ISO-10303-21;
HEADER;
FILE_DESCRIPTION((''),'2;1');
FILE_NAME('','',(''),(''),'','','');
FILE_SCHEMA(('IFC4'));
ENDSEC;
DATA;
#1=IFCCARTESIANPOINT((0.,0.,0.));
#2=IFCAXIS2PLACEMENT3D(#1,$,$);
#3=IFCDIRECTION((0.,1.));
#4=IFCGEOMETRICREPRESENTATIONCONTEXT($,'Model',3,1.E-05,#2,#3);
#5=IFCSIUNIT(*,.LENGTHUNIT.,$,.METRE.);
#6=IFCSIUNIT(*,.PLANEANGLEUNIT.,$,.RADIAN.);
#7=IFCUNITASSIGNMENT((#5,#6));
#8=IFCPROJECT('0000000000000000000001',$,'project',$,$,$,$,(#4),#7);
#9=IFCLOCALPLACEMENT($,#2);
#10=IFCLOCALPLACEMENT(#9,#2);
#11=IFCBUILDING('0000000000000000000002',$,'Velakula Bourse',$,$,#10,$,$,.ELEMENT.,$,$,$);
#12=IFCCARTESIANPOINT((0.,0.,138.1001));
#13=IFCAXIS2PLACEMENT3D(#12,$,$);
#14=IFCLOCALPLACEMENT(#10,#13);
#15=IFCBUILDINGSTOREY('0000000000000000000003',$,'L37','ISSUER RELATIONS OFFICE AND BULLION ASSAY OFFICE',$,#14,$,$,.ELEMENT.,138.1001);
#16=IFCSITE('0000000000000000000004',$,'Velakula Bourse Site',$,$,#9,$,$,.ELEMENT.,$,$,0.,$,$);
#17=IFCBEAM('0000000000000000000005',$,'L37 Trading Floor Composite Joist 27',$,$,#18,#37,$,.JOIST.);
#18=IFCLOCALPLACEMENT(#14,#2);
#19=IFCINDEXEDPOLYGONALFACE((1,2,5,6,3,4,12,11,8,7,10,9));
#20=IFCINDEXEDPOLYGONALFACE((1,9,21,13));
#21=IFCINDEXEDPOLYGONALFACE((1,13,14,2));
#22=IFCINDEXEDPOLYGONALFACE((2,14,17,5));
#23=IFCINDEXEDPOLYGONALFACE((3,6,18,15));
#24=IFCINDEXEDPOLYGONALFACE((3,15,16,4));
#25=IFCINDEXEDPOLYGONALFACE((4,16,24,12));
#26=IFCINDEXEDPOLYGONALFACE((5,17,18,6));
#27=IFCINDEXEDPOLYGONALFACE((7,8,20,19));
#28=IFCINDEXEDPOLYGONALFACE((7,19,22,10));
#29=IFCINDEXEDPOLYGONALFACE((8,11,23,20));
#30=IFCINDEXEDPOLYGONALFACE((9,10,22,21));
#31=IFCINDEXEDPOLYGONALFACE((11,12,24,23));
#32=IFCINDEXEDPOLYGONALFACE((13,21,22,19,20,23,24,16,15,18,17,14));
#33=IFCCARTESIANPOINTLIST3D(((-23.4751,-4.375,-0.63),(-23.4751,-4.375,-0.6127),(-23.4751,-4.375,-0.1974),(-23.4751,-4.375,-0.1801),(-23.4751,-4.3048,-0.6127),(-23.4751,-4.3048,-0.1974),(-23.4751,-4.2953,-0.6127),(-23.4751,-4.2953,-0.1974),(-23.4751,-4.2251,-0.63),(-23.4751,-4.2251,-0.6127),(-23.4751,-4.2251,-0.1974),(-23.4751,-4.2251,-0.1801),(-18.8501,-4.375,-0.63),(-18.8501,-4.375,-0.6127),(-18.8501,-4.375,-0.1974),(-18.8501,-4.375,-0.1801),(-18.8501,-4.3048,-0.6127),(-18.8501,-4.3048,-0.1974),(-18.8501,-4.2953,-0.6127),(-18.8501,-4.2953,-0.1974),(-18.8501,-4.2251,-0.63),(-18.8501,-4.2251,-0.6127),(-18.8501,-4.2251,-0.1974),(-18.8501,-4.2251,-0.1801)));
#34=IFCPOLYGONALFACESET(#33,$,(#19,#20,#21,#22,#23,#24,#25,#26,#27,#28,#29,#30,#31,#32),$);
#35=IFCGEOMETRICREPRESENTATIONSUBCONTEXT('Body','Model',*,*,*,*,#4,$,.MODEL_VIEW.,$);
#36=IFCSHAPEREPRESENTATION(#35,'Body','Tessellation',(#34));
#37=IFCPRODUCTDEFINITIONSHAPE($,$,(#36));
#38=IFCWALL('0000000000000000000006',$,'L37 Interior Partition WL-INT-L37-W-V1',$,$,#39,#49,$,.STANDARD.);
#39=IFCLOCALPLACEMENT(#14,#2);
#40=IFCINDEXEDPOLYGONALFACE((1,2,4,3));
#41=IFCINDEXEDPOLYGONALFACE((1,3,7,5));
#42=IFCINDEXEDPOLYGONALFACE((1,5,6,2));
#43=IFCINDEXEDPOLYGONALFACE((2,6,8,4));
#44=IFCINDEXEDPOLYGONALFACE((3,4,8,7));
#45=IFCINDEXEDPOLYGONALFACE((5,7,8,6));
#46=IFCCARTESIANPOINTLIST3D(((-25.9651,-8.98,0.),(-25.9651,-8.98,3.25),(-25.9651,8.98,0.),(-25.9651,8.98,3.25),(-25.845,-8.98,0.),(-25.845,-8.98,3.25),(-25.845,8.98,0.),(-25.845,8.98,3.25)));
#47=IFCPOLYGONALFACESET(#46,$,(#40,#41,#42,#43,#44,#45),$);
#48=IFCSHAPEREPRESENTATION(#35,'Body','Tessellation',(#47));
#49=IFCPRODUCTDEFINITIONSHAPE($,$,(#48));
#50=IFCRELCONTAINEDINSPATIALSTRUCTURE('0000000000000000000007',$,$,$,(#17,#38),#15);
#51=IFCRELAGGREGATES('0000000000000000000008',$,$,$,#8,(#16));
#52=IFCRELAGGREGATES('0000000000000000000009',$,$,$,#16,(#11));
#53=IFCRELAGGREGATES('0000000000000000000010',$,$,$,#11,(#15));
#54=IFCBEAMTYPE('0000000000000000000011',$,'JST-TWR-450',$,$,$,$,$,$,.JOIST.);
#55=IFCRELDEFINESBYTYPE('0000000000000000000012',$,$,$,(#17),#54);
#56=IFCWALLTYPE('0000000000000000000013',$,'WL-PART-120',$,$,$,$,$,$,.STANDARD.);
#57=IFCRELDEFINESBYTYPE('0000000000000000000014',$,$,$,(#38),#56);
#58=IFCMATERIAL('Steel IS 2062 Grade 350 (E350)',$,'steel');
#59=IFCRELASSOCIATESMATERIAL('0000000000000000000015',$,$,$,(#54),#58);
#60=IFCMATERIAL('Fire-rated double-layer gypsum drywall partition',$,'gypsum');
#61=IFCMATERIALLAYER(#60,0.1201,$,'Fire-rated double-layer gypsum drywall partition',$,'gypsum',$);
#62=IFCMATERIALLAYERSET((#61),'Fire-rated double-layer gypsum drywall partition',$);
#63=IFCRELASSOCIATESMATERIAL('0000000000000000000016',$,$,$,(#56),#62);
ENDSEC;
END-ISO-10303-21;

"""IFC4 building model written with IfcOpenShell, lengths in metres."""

from ifc_helpers import new_model, si_unit, direction, frame, frame_2d, origin, origin_2d, place, context, subcontext, project, spatial, rectangle, i_section, extrude, material, layer, layer_set, material_profile, profile_set, type_object, element, save


model = new_model("IFC4")

# Units and contexts
model_context = context("Model", 3, precision=1e-05, world=origin(), true_north=direction((0.0, 1.0)))
body_context = subcontext(model_context, "Body", "Model", "MODEL_VIEW")
ifc_project = project(units=[si_unit("LENGTHUNIT", "METRE"), si_unit("PLANEANGLEUNIT", "RADIAN")], contexts=[model_context])

# Site, building, storey
site_placement = place(None, origin())
site = spatial("IfcSite", under=ifc_project, at=site_placement, Name="Velakula Bourse Site", CompositionType="ELEMENT", RefElevation=0.0)
building_placement = place(site_placement, origin())
building = spatial("IfcBuilding", under=site, at=building_placement, Name="Velakula Bourse", CompositionType="ELEMENT")
storey_placement = place(building_placement, frame((0.0, 0.0, 138.1001)))
storey = spatial("IfcBuildingStorey", under=building, at=storey_placement, Name="L37", Description="ISSUER RELATIONS OFFICE AND BULLION ASSAY OFFICE", CompositionType="ELEMENT", Elevation=138.1001)

# Shared definitions
ifc_material_1 = material(Name="Steel IS 2062 Grade 350 (E350)", Category="steel")

# Beam
ifc_material_profile_1 = material_profile(ifc_material_1, i_section(OverallWidth=0.1499, OverallDepth=0.45, WebThickness=0.0095, FlangeThickness=0.0173, at=origin_2d()), Name="Steel IS 2062 Grade 350 (E350)")
ifc_profile_set_1 = profile_set([ifc_material_profile_1], Name="Steel IS 2062 Grade 350 (E350)")
beam_type_1 = type_object("IfcBeamType", Name="JST-TWR-450", PredefinedType="JOIST", material=ifc_profile_set_1)
beam_1_placement = place(storey_placement, frame((-23.4751, -4.3, -0.405), z_axis=(1.0, 0.0, 0.0), x_axis=(0.0, 1.0, 0.0)))
element("IfcBeam", 1, at=beam_1_placement, inside=storey, type_object=beam_type_1, Name="L37 Trading Floor Composite Joist 27", PredefinedType="JOIST", context=body_context, shape_type="SweptSolid", body=[
    extrude(i_section(OverallWidth=0.1499, OverallDepth=0.45, WebThickness=0.0095, FlangeThickness=0.0173, at=origin_2d()), origin(), (0.0, 0.0, 1.0), 4.625),
])

# Wall
ifc_material_2 = material(Name="Fire-rated double-layer gypsum drywall partition", Category="gypsum")
ifc_layer = layer(ifc_material_2, 0.1201, Name="Fire-rated double-layer gypsum drywall partition", Category="gypsum")
ifc_layer_set = layer_set([ifc_layer], Name="Fire-rated double-layer gypsum drywall partition")
wall_type = type_object("IfcWallType", Name="WL-PART-120", PredefinedType="STANDARD", material=ifc_layer_set)
wall_placement = place(storey_placement, frame((-25.905, -8.98, 0.0), z_axis=(0.0, 0.0, 1.0), x_axis=(0.0, 1.0, 0.0)))
element("IfcWall", 2, at=wall_placement, inside=storey, type_object=wall_type, Name="L37 Interior Partition WL-INT-L37-W-V1", PredefinedType="STANDARD", context=body_context, shape_type="SweptSolid", body=[
    extrude(rectangle(XDim=17.96, YDim=0.1201, at=frame_2d((8.98, 0.0))), origin(), (0.0, 0.0, 1.0), 3.25),
])

save(model, "model.ifc")
